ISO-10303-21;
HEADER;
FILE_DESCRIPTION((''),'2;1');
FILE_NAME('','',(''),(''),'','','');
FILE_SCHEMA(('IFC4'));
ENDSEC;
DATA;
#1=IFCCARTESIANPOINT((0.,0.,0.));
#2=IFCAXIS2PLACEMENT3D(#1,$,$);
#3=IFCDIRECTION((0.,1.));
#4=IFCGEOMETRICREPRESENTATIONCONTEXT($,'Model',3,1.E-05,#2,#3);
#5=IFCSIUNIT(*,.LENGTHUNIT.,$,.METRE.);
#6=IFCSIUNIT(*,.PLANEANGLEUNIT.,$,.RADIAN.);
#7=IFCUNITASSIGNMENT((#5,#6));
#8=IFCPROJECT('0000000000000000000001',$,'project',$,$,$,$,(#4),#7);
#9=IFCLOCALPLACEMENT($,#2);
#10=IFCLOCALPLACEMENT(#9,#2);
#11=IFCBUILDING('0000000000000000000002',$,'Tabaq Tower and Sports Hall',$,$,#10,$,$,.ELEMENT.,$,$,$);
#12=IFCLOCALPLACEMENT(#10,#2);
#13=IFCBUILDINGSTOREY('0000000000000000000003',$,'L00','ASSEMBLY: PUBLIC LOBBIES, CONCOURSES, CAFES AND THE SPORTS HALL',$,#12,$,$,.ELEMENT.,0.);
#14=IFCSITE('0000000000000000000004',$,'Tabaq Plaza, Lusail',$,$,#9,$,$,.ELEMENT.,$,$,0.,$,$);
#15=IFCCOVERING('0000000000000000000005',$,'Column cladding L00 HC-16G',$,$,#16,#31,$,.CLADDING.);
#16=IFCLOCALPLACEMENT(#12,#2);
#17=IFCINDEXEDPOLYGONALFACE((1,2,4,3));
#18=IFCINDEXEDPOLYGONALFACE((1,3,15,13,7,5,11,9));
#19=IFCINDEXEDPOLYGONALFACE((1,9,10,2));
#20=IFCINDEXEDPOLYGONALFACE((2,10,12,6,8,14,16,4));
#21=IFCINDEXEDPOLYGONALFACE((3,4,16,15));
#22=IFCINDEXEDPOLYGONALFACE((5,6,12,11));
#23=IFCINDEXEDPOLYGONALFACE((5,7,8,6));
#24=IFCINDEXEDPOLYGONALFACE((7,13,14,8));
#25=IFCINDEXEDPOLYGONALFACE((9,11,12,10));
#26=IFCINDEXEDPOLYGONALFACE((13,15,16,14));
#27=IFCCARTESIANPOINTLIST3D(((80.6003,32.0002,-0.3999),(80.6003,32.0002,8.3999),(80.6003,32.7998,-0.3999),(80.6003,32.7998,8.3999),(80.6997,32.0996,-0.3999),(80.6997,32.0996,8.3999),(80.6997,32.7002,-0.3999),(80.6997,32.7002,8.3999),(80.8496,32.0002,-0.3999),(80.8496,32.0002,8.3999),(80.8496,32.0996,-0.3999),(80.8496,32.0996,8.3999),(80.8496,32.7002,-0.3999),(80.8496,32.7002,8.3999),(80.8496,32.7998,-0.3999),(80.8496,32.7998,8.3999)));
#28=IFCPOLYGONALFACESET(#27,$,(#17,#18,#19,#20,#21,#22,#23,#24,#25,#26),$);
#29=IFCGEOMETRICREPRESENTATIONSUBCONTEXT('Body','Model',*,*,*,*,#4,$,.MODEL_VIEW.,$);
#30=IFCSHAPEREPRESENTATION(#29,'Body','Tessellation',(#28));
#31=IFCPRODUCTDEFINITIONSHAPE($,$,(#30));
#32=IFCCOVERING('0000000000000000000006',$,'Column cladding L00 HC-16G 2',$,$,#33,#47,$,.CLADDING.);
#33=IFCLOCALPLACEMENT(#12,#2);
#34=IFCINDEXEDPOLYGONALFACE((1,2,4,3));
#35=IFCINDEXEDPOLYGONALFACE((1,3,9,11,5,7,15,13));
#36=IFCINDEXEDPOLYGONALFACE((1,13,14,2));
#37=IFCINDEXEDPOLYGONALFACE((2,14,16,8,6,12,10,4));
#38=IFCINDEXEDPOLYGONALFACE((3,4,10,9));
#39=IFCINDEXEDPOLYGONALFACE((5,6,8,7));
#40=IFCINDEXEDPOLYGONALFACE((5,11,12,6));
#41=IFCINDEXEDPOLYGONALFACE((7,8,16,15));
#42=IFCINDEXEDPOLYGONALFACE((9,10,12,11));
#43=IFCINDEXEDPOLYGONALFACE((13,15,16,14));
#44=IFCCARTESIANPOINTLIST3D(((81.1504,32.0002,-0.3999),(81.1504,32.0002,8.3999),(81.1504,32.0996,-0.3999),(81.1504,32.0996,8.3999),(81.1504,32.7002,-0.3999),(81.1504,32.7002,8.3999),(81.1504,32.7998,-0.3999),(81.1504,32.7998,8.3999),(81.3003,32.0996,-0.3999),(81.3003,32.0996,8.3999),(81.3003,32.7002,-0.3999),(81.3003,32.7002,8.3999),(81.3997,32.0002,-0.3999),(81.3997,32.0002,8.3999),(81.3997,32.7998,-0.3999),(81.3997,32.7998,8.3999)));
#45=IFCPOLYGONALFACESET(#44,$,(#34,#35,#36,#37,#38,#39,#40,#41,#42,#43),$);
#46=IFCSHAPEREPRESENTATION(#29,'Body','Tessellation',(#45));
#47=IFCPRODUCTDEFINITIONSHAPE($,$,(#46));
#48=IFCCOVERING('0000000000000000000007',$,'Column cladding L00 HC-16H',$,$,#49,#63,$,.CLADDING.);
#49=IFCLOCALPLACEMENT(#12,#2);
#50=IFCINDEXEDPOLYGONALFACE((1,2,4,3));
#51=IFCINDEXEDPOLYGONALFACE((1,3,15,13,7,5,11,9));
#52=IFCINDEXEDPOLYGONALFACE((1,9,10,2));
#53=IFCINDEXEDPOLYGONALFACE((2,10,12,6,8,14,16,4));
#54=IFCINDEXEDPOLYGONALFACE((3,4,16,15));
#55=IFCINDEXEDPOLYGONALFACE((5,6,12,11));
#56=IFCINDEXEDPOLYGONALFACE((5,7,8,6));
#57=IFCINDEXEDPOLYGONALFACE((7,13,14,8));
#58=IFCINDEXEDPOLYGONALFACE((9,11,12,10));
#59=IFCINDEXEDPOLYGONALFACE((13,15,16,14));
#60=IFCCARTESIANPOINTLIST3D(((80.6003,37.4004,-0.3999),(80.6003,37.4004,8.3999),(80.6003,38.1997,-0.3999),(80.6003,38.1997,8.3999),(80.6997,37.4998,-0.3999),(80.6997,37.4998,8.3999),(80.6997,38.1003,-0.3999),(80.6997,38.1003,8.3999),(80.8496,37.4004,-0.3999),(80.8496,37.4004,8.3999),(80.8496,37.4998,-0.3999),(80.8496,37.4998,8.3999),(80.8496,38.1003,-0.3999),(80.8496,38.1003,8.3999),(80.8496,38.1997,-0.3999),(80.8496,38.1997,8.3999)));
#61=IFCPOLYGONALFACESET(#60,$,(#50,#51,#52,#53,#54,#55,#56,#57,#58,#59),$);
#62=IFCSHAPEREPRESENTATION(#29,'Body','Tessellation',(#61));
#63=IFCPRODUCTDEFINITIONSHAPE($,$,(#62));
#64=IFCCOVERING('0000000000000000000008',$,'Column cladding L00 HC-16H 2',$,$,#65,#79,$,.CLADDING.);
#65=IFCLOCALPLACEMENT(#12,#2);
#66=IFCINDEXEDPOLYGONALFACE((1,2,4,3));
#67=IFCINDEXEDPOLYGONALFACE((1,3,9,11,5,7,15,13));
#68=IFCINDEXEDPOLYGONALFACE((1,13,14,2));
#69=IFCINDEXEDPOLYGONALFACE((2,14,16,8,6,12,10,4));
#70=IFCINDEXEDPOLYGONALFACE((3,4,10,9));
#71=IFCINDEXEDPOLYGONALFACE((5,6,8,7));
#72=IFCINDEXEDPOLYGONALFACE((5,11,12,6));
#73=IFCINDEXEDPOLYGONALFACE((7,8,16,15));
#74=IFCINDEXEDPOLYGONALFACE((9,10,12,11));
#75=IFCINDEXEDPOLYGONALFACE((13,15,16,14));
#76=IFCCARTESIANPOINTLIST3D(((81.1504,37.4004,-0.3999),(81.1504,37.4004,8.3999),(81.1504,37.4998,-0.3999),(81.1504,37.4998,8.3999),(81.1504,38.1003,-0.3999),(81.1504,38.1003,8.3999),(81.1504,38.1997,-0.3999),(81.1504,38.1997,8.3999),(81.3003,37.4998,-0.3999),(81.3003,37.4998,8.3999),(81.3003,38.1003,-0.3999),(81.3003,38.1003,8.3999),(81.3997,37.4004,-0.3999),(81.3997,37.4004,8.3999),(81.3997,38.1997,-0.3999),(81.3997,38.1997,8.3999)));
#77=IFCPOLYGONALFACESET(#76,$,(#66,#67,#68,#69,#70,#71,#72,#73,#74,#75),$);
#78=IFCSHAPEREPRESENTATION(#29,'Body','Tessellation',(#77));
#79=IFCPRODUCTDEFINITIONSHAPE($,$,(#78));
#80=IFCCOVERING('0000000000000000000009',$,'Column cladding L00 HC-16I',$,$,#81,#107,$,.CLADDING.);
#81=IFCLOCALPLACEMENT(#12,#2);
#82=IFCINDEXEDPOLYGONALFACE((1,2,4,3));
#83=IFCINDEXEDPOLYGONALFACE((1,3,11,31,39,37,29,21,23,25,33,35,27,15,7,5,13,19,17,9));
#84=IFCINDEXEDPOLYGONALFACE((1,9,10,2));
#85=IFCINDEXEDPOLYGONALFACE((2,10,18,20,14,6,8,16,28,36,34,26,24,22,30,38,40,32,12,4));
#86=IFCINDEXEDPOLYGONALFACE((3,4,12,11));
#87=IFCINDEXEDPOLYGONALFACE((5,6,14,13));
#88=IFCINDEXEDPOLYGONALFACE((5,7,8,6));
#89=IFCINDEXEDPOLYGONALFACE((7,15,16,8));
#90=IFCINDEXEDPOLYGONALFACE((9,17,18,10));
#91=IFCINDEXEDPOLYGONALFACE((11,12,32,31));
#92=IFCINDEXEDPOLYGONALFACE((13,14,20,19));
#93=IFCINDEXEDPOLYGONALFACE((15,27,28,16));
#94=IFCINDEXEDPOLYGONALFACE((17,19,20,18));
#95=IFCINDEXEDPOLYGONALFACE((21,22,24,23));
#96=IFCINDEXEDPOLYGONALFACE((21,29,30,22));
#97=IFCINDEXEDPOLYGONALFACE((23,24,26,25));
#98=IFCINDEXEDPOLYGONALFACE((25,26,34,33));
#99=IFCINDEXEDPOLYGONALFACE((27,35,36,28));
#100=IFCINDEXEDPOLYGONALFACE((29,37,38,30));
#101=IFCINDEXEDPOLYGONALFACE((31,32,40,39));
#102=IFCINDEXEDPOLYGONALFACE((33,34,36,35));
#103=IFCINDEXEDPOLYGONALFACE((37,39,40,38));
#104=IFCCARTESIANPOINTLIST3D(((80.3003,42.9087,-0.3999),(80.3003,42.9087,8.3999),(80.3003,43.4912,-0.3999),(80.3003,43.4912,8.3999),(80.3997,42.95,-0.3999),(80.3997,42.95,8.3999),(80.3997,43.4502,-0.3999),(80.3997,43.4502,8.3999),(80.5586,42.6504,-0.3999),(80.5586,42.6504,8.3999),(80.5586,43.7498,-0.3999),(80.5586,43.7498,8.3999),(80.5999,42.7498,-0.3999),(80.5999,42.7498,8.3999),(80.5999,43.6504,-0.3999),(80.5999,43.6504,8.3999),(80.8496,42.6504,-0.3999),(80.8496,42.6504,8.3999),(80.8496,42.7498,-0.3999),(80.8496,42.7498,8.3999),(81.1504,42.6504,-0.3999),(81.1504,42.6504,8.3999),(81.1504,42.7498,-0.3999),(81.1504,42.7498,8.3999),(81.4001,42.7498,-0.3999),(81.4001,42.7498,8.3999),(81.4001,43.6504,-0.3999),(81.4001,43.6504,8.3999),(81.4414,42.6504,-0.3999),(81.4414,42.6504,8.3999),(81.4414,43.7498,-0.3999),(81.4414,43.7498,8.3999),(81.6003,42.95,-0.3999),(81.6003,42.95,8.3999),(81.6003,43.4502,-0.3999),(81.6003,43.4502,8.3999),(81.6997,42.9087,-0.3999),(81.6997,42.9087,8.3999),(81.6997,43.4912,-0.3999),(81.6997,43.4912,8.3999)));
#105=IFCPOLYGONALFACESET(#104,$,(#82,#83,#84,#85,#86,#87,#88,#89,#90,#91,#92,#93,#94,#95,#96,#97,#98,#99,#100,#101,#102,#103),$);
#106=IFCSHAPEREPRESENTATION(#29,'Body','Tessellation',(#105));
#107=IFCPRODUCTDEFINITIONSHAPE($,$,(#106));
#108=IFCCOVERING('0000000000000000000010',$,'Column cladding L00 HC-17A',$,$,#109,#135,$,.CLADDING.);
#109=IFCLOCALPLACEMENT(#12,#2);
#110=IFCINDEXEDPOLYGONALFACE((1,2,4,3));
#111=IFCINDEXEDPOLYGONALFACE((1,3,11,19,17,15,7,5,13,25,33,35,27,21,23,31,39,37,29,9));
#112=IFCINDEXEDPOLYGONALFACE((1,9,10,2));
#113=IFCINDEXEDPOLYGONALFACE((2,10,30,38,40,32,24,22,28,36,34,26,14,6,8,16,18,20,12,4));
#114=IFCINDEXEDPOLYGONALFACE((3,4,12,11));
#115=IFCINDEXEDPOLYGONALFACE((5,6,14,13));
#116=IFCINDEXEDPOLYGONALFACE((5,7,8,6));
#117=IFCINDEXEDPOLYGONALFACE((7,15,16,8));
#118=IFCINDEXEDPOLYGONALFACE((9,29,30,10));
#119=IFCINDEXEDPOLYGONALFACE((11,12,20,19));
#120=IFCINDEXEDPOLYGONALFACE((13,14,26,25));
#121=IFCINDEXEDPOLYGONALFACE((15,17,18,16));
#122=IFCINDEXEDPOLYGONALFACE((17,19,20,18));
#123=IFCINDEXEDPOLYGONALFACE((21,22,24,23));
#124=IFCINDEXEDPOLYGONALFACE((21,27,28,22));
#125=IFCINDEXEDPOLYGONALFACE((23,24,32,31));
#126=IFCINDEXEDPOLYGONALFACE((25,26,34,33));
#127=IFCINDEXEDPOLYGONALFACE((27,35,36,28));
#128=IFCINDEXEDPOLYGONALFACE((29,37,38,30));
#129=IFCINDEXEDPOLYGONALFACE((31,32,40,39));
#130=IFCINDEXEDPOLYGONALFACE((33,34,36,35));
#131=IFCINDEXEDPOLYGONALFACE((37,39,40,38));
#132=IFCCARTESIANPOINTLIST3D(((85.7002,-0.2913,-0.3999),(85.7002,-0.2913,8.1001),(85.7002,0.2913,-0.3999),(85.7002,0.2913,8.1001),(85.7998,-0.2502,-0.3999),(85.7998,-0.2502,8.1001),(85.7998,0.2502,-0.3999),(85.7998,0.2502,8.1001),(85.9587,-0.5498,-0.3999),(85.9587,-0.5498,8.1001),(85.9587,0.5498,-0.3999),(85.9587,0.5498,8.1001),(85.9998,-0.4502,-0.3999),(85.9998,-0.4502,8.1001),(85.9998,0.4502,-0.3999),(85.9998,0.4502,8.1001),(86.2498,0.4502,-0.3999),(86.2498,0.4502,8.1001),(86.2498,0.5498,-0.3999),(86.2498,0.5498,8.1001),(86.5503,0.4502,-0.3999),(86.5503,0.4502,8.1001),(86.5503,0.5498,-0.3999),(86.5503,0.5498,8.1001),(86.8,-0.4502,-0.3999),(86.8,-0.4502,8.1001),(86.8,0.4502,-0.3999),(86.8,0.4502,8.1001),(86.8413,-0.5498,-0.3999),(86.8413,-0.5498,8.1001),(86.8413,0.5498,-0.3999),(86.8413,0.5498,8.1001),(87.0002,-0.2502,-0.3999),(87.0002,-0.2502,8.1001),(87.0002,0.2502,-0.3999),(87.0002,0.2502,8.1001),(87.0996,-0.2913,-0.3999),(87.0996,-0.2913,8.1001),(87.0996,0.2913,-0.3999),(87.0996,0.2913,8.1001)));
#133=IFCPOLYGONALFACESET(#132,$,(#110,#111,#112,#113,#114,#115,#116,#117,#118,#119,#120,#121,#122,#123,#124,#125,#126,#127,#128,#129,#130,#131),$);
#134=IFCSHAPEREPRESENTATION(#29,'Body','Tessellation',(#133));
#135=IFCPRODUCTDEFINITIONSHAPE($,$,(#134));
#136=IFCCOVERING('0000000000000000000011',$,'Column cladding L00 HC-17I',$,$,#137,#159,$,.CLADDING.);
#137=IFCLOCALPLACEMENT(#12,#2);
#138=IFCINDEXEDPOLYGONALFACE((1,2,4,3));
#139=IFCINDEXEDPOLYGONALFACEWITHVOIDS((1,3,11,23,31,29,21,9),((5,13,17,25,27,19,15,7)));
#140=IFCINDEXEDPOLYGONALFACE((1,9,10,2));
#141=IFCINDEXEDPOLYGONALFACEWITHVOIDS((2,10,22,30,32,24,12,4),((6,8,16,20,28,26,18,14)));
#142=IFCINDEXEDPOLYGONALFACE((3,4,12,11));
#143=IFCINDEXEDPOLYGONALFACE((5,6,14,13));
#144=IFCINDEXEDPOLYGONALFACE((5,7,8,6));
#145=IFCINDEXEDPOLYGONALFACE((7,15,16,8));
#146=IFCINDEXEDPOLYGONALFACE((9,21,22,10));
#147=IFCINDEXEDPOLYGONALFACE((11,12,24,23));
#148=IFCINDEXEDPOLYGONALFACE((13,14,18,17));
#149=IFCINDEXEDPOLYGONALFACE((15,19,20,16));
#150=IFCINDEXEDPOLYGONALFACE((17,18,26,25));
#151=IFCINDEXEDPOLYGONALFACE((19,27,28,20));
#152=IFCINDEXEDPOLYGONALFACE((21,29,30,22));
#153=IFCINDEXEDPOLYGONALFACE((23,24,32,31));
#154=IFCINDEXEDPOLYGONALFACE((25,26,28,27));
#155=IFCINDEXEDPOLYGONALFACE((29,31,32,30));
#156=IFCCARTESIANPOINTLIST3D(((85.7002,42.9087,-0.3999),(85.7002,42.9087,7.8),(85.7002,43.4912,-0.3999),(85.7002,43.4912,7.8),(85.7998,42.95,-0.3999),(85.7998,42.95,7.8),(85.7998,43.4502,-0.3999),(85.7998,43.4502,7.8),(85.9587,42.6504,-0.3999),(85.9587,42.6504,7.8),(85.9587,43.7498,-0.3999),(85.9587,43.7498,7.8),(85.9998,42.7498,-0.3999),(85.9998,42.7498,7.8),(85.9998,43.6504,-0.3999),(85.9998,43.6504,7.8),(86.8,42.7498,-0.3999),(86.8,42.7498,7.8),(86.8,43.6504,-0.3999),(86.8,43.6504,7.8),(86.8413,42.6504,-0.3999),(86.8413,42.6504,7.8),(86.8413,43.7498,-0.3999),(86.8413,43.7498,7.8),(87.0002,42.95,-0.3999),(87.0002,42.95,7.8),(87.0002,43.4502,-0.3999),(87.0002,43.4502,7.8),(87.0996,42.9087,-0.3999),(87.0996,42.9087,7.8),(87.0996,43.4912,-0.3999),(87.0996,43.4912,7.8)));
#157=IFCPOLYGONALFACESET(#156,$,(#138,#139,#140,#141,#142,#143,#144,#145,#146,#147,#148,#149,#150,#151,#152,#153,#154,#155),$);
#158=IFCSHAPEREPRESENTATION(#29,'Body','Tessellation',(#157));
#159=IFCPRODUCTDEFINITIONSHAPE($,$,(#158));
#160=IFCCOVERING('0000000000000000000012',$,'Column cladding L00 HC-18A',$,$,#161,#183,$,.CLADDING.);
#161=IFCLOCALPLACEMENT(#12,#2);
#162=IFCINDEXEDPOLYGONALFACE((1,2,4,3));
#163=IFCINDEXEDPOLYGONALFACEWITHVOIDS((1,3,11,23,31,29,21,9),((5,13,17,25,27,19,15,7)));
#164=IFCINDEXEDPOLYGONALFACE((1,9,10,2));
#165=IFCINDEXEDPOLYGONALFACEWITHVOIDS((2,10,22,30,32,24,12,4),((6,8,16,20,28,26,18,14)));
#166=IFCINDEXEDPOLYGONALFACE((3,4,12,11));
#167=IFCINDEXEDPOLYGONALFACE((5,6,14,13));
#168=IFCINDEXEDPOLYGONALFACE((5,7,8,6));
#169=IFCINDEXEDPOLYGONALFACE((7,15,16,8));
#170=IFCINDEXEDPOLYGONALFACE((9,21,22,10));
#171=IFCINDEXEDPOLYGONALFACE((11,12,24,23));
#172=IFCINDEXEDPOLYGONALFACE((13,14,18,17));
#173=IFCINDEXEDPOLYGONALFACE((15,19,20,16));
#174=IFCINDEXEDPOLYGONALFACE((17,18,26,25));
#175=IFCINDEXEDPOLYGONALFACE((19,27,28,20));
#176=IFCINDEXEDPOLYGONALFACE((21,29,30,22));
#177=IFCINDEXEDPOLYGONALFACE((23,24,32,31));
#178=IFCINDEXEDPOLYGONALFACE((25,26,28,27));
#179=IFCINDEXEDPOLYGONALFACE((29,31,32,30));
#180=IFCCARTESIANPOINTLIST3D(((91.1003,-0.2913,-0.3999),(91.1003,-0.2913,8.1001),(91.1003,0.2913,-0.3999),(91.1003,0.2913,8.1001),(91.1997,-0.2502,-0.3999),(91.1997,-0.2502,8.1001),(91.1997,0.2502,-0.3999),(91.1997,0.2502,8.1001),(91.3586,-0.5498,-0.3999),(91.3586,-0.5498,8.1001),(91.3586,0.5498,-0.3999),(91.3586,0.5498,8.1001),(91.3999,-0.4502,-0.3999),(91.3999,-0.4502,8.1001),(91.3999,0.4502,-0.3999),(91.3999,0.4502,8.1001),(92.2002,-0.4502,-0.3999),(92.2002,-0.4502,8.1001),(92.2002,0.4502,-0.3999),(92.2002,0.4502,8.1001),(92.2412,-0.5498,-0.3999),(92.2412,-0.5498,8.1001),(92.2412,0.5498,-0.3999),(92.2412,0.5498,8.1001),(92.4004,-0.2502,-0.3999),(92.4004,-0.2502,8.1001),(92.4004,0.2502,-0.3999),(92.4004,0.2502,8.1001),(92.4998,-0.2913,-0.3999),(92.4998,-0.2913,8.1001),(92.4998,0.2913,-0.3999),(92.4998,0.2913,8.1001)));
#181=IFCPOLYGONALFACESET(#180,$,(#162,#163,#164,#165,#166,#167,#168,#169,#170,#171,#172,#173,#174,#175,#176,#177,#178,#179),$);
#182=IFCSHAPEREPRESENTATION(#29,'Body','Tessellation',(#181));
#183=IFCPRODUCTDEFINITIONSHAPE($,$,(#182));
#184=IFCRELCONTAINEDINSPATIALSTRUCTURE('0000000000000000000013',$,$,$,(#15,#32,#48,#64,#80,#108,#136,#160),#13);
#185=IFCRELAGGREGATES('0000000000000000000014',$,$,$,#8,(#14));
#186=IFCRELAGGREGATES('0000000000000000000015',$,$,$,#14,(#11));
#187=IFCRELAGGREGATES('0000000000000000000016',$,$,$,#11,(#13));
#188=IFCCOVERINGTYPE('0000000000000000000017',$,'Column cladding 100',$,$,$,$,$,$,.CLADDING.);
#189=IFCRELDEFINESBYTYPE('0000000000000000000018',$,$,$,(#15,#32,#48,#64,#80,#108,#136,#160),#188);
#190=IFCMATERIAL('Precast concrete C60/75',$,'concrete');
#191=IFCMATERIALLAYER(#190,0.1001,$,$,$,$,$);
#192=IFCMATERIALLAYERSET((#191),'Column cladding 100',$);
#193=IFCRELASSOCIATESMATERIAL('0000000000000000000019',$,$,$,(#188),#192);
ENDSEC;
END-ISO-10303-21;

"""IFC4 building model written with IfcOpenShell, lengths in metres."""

from ifc_helpers import new_model, si_unit, direction, frame, origin, place, context, subcontext, project, spatial, polyline, outline, extrude, material, layer, layer_set, type_object, element, save


model = new_model("IFC4")

# Units and contexts
model_context = context("Model", 3, precision=1e-05, world=origin(), true_north=direction((0.0, 1.0)))
body_context = subcontext(model_context, "Body", "Model", "MODEL_VIEW")
ifc_project = project(units=[si_unit("LENGTHUNIT", "METRE"), si_unit("PLANEANGLEUNIT", "RADIAN")], contexts=[model_context])

# Site, building, storey
site_placement = place(None, origin())
site = spatial("IfcSite", under=ifc_project, at=site_placement, Name="Tabaq Plaza, Lusail", CompositionType="ELEMENT", RefElevation=0.0)
building_placement = place(site_placement, origin())
building = spatial("IfcBuilding", under=site, at=building_placement, Name="Tabaq Tower and Sports Hall", CompositionType="ELEMENT")
storey_placement = place(building_placement, origin())
storey = spatial("IfcBuildingStorey", under=building, at=storey_placement, Name="L00", Description="ASSEMBLY: PUBLIC LOBBIES, CONCOURSES, CAFES AND THE SPORTS HALL", CompositionType="ELEMENT", Elevation=0.0)

# Coverings
ifc_material = material(Name="Precast concrete C60/75", Category="concrete")
ifc_layer = layer(ifc_material, 0.1001)
ifc_layer_set = layer_set([ifc_layer], Name="Column cladding 100")
covering_type = type_object("IfcCoveringType", Name="Column cladding 100", PredefinedType="CLADDING", material=ifc_layer_set)
covering_1_placement = place(storey_placement, frame((0.0, 0.0, -0.3999)))
element("IfcCovering", 1, at=covering_1_placement, inside=storey, type_object=covering_type, Name="Column cladding L00 HC-16G", PredefinedType="CLADDING", context=body_context, shape_type="SweptSolid", body=[
    extrude(outline(polyline([(80.8496, 32.7998), (80.8496, 32.7002), (80.6997, 32.7002), (80.6997, 32.0996), (80.8496, 32.0996), (80.8496, 32.0002), (80.6003, 32.0002), (80.6003, 32.7998), (80.8496, 32.7998)])), origin(), (0.0, 0.0, 1.0), 8.7998),
])
covering_2_placement = place(storey_placement, frame((0.0, 0.0, -0.3999)))
element("IfcCovering", 2, at=covering_2_placement, inside=storey, type_object=covering_type, Name="Column cladding L00 HC-16G 2", PredefinedType="CLADDING", context=body_context, shape_type="SweptSolid", body=[
    extrude(outline(polyline([(81.3997, 32.7998), (81.3997, 32.0002), (81.1504, 32.0002), (81.1504, 32.0996), (81.3003, 32.0996), (81.3003, 32.7002), (81.1504, 32.7002), (81.1504, 32.7998), (81.3997, 32.7998)])), origin(), (0.0, 0.0, 1.0), 8.7998),
])
covering_3_placement = place(storey_placement, frame((0.0, 0.0, -0.3999)))
element("IfcCovering", 3, at=covering_3_placement, inside=storey, type_object=covering_type, Name="Column cladding L00 HC-16H", PredefinedType="CLADDING", context=body_context, shape_type="SweptSolid", body=[
    extrude(outline(polyline([(80.8496, 38.1997), (80.8496, 38.1003), (80.6997, 38.1003), (80.6997, 37.4998), (80.8496, 37.4998), (80.8496, 37.4004), (80.6003, 37.4004), (80.6003, 38.1997), (80.8496, 38.1997)])), origin(), (0.0, 0.0, 1.0), 8.7998),
])
covering_4_placement = place(storey_placement, frame((0.0, 0.0, -0.3999)))
element("IfcCovering", 4, at=covering_4_placement, inside=storey, type_object=covering_type, Name="Column cladding L00 HC-16H 2", PredefinedType="CLADDING", context=body_context, shape_type="SweptSolid", body=[
    extrude(outline(polyline([(81.3997, 38.1997), (81.3997, 37.4004), (81.1504, 37.4004), (81.1504, 37.4998), (81.3003, 37.4998), (81.3003, 38.1003), (81.1504, 38.1003), (81.1504, 38.1997), (81.3997, 38.1997)])), origin(), (0.0, 0.0, 1.0), 8.7998),
])
covering_5_placement = place(storey_placement, frame((0.0, 0.0, -0.3999)))
element("IfcCovering", 5, at=covering_5_placement, inside=storey, type_object=covering_type, Name="Column cladding L00 HC-16I", PredefinedType="CLADDING", context=body_context, shape_type="SweptSolid", body=[
    extrude(outline(polyline([(80.3003, 43.4912), (80.5586, 43.7498), (81.4414, 43.7498), (81.6997, 43.4912), (81.6997, 42.9087), (81.4414, 42.6504), (81.1504, 42.6504), (81.1504, 42.7498), (81.4001, 42.7498), (81.6003, 42.95), (81.6003, 43.4502), (81.4001, 43.6504), (80.5999, 43.6504), (80.3997, 43.4502), (80.3997, 42.95), (80.5999, 42.7498), (80.8496, 42.7498), (80.8496, 42.6504), (80.5586, 42.6504), (80.3003, 42.9087), (80.3003, 43.4912)])), origin(), (0.0, 0.0, 1.0), 8.7998),
])
covering_6_placement = place(storey_placement, frame((0.0, 0.0, -0.3999)))
element("IfcCovering", 6, at=covering_6_placement, inside=storey, type_object=covering_type, Name="Column cladding L00 HC-17A", PredefinedType="CLADDING", context=body_context, shape_type="SweptSolid", body=[
    extrude(outline(polyline([(85.7002, 0.2913), (85.9587, 0.5498), (86.2498, 0.5498), (86.2498, 0.4502), (85.9998, 0.4502), (85.7998, 0.2502), (85.7998, -0.2502), (85.9998, -0.4502), (86.8, -0.4502), (87.0002, -0.2502), (87.0002, 0.2502), (86.8, 0.4502), (86.5503, 0.4502), (86.5503, 0.5498), (86.8413, 0.5498), (87.0996, 0.2913), (87.0996, -0.2913), (86.8413, -0.5498), (85.9587, -0.5498), (85.7002, -0.2913), (85.7002, 0.2913)])), origin(), (0.0, 0.0, 1.0), 8.5),
])
covering_7_placement = place(storey_placement, frame((0.0, 0.0, -0.3999)))
element("IfcCovering", 7, at=covering_7_placement, inside=storey, type_object=covering_type, Name="Column cladding L00 HC-17I", PredefinedType="CLADDING", context=body_context, shape_type="SweptSolid", body=[
    extrude(outline(polyline([(85.7002, 42.9087), (85.7002, 43.4912), (85.9587, 43.7498), (86.8413, 43.7498), (87.0996, 43.4912), (87.0996, 42.9087), (86.8413, 42.6504), (85.9587, 42.6504), (85.7002, 42.9087)]), holes=[polyline([(86.8, 42.7498), (87.0002, 42.95), (87.0002, 43.4502), (86.8, 43.6504), (85.9998, 43.6504), (85.7998, 43.4502), (85.7998, 42.95), (85.9998, 42.7498), (86.8, 42.7498)])]), origin(), (0.0, 0.0, 1.0), 8.2),
])
covering_8_placement = place(storey_placement, frame((0.0, 0.0, -0.3999)))
element("IfcCovering", 8, at=covering_8_placement, inside=storey, type_object=covering_type, Name="Column cladding L00 HC-18A", PredefinedType="CLADDING", context=body_context, shape_type="SweptSolid", body=[
    extrude(outline(polyline([(91.1003, -0.2913), (91.1003, 0.2913), (91.3586, 0.5498), (92.2412, 0.5498), (92.4998, 0.2913), (92.4998, -0.2913), (92.2412, -0.5498), (91.3586, -0.5498), (91.1003, -0.2913)]), holes=[polyline([(92.2002, -0.4502), (92.4004, -0.2502), (92.4004, 0.2502), (92.2002, 0.4502), (91.3999, 0.4502), (91.1997, 0.2502), (91.1997, -0.2502), (91.3999, -0.4502), (92.2002, -0.4502)])]), origin(), (0.0, 0.0, 1.0), 8.5),
])

save(model, "model.ifc")
